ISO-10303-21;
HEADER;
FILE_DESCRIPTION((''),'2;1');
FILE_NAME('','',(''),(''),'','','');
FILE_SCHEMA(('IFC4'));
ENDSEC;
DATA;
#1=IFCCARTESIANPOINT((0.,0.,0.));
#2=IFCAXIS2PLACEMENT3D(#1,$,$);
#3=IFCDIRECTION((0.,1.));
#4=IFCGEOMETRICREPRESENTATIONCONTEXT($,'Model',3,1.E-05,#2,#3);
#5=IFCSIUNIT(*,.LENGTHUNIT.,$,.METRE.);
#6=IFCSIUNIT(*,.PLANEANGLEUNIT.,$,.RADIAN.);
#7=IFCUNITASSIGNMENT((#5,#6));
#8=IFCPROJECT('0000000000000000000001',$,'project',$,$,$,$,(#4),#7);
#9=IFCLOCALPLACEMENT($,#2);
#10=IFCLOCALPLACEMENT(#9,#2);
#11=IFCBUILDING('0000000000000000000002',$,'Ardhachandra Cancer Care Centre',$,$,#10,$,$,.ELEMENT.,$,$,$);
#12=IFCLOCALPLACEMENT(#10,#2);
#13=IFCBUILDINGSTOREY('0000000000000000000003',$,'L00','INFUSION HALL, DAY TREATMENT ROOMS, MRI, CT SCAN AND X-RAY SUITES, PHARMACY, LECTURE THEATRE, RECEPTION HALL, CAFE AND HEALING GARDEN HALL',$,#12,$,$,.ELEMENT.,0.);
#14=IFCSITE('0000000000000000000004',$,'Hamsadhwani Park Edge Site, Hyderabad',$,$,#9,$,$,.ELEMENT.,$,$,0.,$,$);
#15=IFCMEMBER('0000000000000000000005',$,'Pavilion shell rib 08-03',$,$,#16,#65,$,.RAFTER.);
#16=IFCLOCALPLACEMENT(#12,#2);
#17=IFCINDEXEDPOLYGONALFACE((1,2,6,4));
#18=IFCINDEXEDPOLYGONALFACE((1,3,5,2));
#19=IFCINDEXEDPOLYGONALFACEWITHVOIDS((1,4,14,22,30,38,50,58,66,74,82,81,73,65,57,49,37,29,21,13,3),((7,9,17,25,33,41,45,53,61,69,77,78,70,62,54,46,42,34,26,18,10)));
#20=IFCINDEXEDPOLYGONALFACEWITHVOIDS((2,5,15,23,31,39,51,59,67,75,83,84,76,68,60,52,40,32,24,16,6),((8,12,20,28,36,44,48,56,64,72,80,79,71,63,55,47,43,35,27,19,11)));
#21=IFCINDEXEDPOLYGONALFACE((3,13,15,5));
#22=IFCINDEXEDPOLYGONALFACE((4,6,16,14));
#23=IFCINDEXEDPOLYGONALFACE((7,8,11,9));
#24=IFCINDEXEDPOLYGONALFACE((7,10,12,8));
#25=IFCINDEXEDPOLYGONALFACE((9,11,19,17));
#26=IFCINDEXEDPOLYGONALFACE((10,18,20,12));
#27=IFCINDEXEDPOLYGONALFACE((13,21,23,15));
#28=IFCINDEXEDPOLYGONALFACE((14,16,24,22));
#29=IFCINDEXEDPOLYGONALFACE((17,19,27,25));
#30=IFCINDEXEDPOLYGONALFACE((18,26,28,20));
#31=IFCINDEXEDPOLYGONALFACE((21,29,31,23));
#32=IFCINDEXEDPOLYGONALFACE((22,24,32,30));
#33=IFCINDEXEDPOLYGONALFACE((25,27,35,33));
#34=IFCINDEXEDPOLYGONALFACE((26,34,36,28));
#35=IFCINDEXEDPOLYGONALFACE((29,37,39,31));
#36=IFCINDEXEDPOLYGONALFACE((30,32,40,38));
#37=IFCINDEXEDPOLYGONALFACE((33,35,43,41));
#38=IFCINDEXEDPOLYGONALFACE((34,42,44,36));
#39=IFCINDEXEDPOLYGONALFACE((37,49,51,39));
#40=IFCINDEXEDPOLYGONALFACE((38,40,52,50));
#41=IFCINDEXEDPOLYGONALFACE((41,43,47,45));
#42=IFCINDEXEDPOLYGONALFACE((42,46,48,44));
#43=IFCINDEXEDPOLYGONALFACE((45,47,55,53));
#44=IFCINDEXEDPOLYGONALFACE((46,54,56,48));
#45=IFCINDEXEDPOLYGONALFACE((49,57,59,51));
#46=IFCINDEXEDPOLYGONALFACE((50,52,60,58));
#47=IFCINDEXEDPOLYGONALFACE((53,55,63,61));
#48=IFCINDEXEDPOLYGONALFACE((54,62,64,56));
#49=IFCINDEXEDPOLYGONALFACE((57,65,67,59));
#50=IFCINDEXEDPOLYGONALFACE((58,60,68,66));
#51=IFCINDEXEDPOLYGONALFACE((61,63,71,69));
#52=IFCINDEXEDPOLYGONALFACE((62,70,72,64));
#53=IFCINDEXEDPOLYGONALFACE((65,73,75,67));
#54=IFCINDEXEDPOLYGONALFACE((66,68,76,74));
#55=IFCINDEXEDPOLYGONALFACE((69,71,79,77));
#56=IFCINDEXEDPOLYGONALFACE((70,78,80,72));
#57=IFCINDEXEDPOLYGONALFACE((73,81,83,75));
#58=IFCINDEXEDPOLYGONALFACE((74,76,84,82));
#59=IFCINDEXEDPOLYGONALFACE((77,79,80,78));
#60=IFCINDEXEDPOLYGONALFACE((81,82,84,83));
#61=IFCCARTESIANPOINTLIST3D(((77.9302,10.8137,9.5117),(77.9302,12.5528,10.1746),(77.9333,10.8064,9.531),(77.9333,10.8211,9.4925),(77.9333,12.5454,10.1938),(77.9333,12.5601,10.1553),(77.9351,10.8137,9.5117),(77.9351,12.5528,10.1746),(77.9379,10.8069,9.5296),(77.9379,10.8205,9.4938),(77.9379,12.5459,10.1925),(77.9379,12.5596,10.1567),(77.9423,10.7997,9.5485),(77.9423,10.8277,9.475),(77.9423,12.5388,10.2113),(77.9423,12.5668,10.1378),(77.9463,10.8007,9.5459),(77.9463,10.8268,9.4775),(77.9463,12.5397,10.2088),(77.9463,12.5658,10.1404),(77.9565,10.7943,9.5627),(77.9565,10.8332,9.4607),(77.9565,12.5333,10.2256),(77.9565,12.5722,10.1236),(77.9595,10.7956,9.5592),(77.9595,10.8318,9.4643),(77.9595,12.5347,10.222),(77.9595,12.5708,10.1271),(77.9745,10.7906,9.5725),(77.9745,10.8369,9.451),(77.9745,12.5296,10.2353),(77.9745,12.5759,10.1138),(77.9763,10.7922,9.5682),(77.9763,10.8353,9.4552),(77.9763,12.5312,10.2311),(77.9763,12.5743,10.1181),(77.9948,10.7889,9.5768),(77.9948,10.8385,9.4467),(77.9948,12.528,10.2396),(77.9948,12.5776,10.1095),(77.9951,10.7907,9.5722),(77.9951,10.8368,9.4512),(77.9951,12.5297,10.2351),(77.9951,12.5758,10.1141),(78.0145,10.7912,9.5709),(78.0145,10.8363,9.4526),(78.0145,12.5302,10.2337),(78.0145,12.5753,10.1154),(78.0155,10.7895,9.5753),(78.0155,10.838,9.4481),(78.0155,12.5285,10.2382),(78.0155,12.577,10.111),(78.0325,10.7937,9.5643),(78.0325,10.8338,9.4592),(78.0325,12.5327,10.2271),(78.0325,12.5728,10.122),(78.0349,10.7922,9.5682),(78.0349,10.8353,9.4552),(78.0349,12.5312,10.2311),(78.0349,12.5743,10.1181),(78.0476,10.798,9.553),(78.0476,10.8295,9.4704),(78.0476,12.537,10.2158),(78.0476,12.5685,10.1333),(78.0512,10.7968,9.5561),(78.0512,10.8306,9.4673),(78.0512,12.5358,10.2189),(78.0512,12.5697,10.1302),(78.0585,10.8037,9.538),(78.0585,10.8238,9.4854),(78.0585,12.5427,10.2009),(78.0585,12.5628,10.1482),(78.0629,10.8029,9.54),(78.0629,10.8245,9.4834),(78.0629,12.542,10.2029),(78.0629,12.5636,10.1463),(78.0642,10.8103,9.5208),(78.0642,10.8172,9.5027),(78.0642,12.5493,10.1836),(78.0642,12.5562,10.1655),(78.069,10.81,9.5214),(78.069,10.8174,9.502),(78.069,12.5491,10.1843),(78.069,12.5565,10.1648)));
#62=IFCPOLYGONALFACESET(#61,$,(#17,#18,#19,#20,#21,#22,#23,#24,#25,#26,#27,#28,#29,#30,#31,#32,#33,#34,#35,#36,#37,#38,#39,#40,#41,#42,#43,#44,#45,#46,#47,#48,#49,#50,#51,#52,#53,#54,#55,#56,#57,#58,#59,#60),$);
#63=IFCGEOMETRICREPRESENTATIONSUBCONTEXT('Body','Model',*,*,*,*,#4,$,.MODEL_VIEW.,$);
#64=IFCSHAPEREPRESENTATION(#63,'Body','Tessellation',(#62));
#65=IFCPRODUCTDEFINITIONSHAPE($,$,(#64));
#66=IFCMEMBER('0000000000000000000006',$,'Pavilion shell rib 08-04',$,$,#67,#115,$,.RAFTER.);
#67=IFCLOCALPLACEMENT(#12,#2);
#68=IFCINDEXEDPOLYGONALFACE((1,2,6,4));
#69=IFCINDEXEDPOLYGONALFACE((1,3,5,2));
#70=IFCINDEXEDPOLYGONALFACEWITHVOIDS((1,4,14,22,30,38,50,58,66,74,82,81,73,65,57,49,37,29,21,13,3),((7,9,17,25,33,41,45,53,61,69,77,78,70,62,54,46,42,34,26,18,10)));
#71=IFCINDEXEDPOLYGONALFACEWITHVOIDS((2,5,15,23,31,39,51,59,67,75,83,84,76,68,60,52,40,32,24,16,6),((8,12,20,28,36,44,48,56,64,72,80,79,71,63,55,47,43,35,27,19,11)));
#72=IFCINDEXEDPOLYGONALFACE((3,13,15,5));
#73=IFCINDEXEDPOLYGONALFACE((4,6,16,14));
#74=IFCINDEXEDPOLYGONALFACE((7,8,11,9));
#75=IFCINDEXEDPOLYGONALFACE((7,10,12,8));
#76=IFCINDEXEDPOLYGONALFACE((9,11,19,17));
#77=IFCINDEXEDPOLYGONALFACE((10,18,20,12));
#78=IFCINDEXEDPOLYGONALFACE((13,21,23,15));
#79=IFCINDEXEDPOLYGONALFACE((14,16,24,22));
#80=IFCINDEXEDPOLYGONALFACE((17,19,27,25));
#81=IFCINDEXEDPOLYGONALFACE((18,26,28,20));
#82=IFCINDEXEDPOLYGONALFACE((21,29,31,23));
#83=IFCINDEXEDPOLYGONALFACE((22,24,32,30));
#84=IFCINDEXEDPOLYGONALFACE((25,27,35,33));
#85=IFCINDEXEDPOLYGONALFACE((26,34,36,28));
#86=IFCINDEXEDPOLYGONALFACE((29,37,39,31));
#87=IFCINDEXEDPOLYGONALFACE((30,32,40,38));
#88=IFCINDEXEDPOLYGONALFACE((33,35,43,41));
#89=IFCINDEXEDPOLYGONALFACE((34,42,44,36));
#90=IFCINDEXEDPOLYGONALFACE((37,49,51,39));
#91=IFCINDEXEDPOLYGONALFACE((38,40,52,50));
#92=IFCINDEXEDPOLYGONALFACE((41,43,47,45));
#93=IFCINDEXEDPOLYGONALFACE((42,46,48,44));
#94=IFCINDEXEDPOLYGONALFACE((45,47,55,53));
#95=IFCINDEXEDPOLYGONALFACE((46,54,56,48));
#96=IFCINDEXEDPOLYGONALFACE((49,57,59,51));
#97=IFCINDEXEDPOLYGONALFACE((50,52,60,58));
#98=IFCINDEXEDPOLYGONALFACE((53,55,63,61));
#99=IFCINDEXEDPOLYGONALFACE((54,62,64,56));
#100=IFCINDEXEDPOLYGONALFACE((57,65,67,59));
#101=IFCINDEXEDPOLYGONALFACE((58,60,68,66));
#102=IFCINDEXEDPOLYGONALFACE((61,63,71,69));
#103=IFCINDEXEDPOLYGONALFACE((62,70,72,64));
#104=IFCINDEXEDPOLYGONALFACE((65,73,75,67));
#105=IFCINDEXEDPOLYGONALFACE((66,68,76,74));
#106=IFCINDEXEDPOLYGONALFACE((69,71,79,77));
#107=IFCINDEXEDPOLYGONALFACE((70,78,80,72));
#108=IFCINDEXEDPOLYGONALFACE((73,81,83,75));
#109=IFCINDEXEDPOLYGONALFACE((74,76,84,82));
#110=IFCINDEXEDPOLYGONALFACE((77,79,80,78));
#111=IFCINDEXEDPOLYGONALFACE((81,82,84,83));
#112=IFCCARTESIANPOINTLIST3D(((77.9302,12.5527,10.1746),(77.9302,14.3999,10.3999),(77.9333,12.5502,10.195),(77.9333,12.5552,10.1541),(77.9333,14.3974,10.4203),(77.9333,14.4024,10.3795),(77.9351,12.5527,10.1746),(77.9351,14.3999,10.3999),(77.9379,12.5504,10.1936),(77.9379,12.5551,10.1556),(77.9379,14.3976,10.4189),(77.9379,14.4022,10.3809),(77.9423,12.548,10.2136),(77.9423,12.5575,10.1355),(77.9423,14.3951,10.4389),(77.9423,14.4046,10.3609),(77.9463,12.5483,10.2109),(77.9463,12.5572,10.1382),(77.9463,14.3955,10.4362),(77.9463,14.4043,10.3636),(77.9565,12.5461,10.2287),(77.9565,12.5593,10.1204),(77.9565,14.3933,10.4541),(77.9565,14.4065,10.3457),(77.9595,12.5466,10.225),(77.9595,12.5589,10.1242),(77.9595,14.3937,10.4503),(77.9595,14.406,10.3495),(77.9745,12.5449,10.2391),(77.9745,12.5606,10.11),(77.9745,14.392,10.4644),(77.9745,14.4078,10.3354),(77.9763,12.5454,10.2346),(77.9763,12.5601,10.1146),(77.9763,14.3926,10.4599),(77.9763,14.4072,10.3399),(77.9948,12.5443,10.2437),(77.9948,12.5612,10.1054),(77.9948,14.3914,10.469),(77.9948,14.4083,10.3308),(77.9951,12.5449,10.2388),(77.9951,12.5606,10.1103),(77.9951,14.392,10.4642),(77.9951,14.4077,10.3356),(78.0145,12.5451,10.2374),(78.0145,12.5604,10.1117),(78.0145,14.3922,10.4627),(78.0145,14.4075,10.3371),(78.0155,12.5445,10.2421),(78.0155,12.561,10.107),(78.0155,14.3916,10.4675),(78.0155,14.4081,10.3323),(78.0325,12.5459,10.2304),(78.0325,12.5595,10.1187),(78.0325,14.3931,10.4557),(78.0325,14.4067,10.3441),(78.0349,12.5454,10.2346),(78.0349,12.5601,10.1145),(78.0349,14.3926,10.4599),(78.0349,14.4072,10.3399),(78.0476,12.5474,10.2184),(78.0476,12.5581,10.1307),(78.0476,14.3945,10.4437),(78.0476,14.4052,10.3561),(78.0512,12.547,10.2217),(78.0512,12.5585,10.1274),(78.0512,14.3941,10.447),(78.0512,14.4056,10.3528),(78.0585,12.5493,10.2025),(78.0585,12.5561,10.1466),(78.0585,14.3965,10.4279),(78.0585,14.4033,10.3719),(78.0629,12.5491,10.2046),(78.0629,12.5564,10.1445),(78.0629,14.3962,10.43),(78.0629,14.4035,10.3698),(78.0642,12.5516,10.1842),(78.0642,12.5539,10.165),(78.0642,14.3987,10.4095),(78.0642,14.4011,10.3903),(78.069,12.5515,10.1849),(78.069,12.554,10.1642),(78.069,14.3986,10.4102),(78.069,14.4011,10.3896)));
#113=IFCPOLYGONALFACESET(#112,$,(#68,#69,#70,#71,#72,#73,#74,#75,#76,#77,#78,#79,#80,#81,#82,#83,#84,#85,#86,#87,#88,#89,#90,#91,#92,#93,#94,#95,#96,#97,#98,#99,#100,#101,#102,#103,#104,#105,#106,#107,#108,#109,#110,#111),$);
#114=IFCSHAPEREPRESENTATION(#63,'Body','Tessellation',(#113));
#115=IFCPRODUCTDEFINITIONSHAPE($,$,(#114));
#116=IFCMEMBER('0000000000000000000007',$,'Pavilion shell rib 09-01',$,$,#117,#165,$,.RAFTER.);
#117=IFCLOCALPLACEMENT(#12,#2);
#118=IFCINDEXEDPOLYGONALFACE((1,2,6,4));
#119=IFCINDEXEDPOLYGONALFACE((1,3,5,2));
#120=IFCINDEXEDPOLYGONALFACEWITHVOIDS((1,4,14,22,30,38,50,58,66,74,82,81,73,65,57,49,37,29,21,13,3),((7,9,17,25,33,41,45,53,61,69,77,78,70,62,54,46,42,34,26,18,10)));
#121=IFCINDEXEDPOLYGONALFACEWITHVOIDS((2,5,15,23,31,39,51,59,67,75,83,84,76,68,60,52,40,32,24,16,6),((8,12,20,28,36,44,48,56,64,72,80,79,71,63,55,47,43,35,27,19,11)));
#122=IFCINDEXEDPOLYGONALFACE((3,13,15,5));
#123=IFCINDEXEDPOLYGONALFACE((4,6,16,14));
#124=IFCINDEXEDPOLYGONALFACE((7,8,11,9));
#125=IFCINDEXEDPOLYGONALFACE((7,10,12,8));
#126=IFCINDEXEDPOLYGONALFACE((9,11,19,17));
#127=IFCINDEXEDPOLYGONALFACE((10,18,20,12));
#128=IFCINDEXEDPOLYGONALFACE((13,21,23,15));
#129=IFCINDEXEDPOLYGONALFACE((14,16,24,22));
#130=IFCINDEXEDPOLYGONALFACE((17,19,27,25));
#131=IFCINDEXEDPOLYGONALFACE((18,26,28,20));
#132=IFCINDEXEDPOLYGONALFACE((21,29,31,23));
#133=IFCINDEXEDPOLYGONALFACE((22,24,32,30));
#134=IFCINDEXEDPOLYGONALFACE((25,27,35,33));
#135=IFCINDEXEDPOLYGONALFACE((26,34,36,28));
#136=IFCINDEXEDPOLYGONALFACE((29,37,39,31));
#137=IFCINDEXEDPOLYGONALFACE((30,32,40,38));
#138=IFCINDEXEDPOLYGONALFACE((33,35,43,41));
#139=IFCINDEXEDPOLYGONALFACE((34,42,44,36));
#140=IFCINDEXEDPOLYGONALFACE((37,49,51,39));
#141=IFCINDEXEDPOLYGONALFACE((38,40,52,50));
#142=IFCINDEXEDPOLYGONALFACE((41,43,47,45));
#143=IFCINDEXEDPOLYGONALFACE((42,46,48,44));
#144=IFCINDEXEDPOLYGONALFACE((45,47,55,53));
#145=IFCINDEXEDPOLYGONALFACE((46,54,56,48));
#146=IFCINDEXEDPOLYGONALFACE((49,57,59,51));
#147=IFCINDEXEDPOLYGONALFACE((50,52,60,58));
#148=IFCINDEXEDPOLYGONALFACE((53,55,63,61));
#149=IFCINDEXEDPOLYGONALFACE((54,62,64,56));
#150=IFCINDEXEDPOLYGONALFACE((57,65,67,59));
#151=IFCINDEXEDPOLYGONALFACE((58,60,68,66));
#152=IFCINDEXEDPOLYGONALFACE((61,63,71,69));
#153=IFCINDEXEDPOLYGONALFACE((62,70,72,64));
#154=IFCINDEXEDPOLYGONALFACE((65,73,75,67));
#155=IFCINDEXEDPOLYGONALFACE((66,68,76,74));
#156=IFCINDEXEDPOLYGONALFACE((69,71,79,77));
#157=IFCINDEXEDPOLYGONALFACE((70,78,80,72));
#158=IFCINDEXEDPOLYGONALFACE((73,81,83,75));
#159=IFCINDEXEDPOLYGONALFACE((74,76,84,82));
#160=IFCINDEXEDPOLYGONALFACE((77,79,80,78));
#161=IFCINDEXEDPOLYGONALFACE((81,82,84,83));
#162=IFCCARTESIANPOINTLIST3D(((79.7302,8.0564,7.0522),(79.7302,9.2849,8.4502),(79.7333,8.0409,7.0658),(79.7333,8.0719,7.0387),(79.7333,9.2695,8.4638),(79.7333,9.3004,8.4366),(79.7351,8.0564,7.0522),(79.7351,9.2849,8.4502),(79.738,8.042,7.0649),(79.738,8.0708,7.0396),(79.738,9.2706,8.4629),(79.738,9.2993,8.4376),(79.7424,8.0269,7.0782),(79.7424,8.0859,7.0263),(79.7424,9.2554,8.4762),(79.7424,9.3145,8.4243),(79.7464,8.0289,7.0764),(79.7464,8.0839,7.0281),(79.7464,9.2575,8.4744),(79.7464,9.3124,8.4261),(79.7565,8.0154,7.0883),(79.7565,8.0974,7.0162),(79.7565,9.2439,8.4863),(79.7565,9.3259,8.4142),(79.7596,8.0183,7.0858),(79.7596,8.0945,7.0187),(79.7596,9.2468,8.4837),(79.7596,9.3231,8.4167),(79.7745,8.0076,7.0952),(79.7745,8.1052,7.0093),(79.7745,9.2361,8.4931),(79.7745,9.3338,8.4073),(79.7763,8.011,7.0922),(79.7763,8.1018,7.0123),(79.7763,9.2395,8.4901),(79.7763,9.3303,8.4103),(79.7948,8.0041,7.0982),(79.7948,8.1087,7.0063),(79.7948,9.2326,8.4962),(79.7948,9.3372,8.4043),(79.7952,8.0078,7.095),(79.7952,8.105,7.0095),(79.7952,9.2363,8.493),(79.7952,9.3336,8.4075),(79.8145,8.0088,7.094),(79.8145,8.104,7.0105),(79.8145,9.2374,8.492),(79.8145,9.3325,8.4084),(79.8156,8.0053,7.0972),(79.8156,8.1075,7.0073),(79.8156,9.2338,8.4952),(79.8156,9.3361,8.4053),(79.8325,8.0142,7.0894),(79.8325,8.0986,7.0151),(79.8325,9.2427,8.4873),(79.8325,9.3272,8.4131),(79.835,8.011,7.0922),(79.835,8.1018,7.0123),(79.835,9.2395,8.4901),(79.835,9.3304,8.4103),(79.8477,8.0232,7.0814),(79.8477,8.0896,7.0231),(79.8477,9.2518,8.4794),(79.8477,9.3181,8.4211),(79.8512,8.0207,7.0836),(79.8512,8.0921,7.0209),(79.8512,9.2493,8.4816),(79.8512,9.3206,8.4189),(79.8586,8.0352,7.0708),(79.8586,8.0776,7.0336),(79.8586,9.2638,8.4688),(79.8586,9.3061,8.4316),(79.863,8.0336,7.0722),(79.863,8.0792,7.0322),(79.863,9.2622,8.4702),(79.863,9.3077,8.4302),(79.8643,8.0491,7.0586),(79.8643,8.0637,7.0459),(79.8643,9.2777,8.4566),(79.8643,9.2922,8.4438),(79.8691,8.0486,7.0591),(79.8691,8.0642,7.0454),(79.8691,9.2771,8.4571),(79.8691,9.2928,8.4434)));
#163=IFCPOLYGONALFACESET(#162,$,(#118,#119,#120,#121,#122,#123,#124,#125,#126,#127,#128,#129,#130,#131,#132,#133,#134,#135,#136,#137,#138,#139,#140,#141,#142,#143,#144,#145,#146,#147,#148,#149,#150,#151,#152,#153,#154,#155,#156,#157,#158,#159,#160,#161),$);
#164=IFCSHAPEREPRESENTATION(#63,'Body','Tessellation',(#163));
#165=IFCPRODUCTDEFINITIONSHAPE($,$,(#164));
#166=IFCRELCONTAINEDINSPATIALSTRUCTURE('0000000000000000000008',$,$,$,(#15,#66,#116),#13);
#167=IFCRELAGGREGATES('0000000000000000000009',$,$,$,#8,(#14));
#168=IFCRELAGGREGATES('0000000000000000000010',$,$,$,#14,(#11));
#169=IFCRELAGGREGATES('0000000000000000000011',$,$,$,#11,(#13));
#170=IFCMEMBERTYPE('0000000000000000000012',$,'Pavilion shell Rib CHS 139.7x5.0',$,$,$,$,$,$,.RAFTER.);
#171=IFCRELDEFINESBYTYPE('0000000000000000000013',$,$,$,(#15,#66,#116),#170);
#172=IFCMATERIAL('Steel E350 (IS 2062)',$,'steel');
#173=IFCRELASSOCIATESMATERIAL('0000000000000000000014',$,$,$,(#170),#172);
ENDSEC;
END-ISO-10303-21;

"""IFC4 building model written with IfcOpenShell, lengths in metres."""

from ifc_helpers import new_model, si_unit, direction, frame, origin, origin_2d, place, context, subcontext, project, spatial, hollow_circle, extrude, material, material_profile, profile_set, type_object, element, save


model = new_model("IFC4")

# Units and contexts
model_context = context("Model", 3, precision=1e-05, world=origin(), true_north=direction((0.0, 1.0)))
body_context = subcontext(model_context, "Body", "Model", "MODEL_VIEW")
ifc_project = project(units=[si_unit("LENGTHUNIT", "METRE"), si_unit("PLANEANGLEUNIT", "RADIAN")], contexts=[model_context])

# Site, building, storey
site_placement = place(None, origin())
site = spatial("IfcSite", under=ifc_project, at=site_placement, Name="Hamsadhwani Park Edge Site, Hyderabad", CompositionType="ELEMENT", RefElevation=0.0)
building_placement = place(site_placement, origin())
building = spatial("IfcBuilding", under=site, at=building_placement, Name="Ardhachandra Cancer Care Centre", CompositionType="ELEMENT")
storey_placement = place(building_placement, origin())
storey = spatial("IfcBuildingStorey", under=building, at=storey_placement, Name="L00", Description="INFUSION HALL, DAY TREATMENT ROOMS, MRI, CT SCAN AND X-RAY SUITES, PHARMACY, LECTURE THEATRE, RECEPTION HALL, CAFE AND HEALING GARDEN HALL", CompositionType="ELEMENT", Elevation=0.0)

# Members
ifc_material_1 = material(Name="Steel E350 (IS 2062)", Category="steel")
ifc_material_profile_1 = material_profile(ifc_material_1, hollow_circle(Radius=0.0698, WallThickness=0.0049, at=origin_2d()), Name="CHS 139.7x5.0")
ifc_profile_set_1 = profile_set([ifc_material_profile_1], Name="Steel E350 (IS 2062)")
member_type_1 = type_object("IfcMemberType", Name="Pavilion shell Rib CHS 139.7x5.0", PredefinedType="RAFTER", material=ifc_profile_set_1)
for number, where, z_axis, x_axis, name in (
    (1, (78.0, 10.8137, 9.5117), (0.0, 0.934423, 0.356164), (-1.0, 0.0, 0.0), "Pavilion shell rib 08-03"),
):
    element("IfcMember", number, at=place(storey_placement, frame(where, z_axis=z_axis, x_axis=x_axis)), inside=storey, type_object=member_type_1, Name=name, PredefinedType="RAFTER", context=body_context, shape_type="SweptSolid", body=[
        extrude(hollow_circle(Radius=0.0698, WallThickness=0.0049, at=origin_2d()), origin(), (0.0, 0.0, 1.0), 1.8611),
    ])
member_1_placement = place(storey_placement, frame((78.0, 12.5527, 10.1746), z_axis=(0.0, 0.992641, 0.121095), x_axis=(-1.0, 0.0, 0.0)))
element("IfcMember", 2, at=member_1_placement, inside=storey, type_object=member_type_1, Name="Pavilion shell rib 08-04", PredefinedType="RAFTER", context=body_context, shape_type="SweptSolid", body=[
    extrude(hollow_circle(Radius=0.0698, WallThickness=0.0049, at=origin_2d()), origin(), (0.0, 0.0, 1.0), 1.8608),
])
for number, where, z_axis, x_axis, name in (
    (3, (79.8, 8.0564, 7.0522), (0.0, 0.660119, 0.751161), (-1.0, 0.0, 0.0), "Pavilion shell rib 09-01"),
):
    element("IfcMember", number, at=place(storey_placement, frame(where, z_axis=z_axis, x_axis=x_axis)), inside=storey, type_object=member_type_1, Name=name, PredefinedType="RAFTER", context=body_context, shape_type="SweptSolid", body=[
        extrude(hollow_circle(Radius=0.0698, WallThickness=0.0049, at=origin_2d()), origin(), (0.0, 0.0, 1.0), 1.8611),
    ])

save(model, "model.ifc")
